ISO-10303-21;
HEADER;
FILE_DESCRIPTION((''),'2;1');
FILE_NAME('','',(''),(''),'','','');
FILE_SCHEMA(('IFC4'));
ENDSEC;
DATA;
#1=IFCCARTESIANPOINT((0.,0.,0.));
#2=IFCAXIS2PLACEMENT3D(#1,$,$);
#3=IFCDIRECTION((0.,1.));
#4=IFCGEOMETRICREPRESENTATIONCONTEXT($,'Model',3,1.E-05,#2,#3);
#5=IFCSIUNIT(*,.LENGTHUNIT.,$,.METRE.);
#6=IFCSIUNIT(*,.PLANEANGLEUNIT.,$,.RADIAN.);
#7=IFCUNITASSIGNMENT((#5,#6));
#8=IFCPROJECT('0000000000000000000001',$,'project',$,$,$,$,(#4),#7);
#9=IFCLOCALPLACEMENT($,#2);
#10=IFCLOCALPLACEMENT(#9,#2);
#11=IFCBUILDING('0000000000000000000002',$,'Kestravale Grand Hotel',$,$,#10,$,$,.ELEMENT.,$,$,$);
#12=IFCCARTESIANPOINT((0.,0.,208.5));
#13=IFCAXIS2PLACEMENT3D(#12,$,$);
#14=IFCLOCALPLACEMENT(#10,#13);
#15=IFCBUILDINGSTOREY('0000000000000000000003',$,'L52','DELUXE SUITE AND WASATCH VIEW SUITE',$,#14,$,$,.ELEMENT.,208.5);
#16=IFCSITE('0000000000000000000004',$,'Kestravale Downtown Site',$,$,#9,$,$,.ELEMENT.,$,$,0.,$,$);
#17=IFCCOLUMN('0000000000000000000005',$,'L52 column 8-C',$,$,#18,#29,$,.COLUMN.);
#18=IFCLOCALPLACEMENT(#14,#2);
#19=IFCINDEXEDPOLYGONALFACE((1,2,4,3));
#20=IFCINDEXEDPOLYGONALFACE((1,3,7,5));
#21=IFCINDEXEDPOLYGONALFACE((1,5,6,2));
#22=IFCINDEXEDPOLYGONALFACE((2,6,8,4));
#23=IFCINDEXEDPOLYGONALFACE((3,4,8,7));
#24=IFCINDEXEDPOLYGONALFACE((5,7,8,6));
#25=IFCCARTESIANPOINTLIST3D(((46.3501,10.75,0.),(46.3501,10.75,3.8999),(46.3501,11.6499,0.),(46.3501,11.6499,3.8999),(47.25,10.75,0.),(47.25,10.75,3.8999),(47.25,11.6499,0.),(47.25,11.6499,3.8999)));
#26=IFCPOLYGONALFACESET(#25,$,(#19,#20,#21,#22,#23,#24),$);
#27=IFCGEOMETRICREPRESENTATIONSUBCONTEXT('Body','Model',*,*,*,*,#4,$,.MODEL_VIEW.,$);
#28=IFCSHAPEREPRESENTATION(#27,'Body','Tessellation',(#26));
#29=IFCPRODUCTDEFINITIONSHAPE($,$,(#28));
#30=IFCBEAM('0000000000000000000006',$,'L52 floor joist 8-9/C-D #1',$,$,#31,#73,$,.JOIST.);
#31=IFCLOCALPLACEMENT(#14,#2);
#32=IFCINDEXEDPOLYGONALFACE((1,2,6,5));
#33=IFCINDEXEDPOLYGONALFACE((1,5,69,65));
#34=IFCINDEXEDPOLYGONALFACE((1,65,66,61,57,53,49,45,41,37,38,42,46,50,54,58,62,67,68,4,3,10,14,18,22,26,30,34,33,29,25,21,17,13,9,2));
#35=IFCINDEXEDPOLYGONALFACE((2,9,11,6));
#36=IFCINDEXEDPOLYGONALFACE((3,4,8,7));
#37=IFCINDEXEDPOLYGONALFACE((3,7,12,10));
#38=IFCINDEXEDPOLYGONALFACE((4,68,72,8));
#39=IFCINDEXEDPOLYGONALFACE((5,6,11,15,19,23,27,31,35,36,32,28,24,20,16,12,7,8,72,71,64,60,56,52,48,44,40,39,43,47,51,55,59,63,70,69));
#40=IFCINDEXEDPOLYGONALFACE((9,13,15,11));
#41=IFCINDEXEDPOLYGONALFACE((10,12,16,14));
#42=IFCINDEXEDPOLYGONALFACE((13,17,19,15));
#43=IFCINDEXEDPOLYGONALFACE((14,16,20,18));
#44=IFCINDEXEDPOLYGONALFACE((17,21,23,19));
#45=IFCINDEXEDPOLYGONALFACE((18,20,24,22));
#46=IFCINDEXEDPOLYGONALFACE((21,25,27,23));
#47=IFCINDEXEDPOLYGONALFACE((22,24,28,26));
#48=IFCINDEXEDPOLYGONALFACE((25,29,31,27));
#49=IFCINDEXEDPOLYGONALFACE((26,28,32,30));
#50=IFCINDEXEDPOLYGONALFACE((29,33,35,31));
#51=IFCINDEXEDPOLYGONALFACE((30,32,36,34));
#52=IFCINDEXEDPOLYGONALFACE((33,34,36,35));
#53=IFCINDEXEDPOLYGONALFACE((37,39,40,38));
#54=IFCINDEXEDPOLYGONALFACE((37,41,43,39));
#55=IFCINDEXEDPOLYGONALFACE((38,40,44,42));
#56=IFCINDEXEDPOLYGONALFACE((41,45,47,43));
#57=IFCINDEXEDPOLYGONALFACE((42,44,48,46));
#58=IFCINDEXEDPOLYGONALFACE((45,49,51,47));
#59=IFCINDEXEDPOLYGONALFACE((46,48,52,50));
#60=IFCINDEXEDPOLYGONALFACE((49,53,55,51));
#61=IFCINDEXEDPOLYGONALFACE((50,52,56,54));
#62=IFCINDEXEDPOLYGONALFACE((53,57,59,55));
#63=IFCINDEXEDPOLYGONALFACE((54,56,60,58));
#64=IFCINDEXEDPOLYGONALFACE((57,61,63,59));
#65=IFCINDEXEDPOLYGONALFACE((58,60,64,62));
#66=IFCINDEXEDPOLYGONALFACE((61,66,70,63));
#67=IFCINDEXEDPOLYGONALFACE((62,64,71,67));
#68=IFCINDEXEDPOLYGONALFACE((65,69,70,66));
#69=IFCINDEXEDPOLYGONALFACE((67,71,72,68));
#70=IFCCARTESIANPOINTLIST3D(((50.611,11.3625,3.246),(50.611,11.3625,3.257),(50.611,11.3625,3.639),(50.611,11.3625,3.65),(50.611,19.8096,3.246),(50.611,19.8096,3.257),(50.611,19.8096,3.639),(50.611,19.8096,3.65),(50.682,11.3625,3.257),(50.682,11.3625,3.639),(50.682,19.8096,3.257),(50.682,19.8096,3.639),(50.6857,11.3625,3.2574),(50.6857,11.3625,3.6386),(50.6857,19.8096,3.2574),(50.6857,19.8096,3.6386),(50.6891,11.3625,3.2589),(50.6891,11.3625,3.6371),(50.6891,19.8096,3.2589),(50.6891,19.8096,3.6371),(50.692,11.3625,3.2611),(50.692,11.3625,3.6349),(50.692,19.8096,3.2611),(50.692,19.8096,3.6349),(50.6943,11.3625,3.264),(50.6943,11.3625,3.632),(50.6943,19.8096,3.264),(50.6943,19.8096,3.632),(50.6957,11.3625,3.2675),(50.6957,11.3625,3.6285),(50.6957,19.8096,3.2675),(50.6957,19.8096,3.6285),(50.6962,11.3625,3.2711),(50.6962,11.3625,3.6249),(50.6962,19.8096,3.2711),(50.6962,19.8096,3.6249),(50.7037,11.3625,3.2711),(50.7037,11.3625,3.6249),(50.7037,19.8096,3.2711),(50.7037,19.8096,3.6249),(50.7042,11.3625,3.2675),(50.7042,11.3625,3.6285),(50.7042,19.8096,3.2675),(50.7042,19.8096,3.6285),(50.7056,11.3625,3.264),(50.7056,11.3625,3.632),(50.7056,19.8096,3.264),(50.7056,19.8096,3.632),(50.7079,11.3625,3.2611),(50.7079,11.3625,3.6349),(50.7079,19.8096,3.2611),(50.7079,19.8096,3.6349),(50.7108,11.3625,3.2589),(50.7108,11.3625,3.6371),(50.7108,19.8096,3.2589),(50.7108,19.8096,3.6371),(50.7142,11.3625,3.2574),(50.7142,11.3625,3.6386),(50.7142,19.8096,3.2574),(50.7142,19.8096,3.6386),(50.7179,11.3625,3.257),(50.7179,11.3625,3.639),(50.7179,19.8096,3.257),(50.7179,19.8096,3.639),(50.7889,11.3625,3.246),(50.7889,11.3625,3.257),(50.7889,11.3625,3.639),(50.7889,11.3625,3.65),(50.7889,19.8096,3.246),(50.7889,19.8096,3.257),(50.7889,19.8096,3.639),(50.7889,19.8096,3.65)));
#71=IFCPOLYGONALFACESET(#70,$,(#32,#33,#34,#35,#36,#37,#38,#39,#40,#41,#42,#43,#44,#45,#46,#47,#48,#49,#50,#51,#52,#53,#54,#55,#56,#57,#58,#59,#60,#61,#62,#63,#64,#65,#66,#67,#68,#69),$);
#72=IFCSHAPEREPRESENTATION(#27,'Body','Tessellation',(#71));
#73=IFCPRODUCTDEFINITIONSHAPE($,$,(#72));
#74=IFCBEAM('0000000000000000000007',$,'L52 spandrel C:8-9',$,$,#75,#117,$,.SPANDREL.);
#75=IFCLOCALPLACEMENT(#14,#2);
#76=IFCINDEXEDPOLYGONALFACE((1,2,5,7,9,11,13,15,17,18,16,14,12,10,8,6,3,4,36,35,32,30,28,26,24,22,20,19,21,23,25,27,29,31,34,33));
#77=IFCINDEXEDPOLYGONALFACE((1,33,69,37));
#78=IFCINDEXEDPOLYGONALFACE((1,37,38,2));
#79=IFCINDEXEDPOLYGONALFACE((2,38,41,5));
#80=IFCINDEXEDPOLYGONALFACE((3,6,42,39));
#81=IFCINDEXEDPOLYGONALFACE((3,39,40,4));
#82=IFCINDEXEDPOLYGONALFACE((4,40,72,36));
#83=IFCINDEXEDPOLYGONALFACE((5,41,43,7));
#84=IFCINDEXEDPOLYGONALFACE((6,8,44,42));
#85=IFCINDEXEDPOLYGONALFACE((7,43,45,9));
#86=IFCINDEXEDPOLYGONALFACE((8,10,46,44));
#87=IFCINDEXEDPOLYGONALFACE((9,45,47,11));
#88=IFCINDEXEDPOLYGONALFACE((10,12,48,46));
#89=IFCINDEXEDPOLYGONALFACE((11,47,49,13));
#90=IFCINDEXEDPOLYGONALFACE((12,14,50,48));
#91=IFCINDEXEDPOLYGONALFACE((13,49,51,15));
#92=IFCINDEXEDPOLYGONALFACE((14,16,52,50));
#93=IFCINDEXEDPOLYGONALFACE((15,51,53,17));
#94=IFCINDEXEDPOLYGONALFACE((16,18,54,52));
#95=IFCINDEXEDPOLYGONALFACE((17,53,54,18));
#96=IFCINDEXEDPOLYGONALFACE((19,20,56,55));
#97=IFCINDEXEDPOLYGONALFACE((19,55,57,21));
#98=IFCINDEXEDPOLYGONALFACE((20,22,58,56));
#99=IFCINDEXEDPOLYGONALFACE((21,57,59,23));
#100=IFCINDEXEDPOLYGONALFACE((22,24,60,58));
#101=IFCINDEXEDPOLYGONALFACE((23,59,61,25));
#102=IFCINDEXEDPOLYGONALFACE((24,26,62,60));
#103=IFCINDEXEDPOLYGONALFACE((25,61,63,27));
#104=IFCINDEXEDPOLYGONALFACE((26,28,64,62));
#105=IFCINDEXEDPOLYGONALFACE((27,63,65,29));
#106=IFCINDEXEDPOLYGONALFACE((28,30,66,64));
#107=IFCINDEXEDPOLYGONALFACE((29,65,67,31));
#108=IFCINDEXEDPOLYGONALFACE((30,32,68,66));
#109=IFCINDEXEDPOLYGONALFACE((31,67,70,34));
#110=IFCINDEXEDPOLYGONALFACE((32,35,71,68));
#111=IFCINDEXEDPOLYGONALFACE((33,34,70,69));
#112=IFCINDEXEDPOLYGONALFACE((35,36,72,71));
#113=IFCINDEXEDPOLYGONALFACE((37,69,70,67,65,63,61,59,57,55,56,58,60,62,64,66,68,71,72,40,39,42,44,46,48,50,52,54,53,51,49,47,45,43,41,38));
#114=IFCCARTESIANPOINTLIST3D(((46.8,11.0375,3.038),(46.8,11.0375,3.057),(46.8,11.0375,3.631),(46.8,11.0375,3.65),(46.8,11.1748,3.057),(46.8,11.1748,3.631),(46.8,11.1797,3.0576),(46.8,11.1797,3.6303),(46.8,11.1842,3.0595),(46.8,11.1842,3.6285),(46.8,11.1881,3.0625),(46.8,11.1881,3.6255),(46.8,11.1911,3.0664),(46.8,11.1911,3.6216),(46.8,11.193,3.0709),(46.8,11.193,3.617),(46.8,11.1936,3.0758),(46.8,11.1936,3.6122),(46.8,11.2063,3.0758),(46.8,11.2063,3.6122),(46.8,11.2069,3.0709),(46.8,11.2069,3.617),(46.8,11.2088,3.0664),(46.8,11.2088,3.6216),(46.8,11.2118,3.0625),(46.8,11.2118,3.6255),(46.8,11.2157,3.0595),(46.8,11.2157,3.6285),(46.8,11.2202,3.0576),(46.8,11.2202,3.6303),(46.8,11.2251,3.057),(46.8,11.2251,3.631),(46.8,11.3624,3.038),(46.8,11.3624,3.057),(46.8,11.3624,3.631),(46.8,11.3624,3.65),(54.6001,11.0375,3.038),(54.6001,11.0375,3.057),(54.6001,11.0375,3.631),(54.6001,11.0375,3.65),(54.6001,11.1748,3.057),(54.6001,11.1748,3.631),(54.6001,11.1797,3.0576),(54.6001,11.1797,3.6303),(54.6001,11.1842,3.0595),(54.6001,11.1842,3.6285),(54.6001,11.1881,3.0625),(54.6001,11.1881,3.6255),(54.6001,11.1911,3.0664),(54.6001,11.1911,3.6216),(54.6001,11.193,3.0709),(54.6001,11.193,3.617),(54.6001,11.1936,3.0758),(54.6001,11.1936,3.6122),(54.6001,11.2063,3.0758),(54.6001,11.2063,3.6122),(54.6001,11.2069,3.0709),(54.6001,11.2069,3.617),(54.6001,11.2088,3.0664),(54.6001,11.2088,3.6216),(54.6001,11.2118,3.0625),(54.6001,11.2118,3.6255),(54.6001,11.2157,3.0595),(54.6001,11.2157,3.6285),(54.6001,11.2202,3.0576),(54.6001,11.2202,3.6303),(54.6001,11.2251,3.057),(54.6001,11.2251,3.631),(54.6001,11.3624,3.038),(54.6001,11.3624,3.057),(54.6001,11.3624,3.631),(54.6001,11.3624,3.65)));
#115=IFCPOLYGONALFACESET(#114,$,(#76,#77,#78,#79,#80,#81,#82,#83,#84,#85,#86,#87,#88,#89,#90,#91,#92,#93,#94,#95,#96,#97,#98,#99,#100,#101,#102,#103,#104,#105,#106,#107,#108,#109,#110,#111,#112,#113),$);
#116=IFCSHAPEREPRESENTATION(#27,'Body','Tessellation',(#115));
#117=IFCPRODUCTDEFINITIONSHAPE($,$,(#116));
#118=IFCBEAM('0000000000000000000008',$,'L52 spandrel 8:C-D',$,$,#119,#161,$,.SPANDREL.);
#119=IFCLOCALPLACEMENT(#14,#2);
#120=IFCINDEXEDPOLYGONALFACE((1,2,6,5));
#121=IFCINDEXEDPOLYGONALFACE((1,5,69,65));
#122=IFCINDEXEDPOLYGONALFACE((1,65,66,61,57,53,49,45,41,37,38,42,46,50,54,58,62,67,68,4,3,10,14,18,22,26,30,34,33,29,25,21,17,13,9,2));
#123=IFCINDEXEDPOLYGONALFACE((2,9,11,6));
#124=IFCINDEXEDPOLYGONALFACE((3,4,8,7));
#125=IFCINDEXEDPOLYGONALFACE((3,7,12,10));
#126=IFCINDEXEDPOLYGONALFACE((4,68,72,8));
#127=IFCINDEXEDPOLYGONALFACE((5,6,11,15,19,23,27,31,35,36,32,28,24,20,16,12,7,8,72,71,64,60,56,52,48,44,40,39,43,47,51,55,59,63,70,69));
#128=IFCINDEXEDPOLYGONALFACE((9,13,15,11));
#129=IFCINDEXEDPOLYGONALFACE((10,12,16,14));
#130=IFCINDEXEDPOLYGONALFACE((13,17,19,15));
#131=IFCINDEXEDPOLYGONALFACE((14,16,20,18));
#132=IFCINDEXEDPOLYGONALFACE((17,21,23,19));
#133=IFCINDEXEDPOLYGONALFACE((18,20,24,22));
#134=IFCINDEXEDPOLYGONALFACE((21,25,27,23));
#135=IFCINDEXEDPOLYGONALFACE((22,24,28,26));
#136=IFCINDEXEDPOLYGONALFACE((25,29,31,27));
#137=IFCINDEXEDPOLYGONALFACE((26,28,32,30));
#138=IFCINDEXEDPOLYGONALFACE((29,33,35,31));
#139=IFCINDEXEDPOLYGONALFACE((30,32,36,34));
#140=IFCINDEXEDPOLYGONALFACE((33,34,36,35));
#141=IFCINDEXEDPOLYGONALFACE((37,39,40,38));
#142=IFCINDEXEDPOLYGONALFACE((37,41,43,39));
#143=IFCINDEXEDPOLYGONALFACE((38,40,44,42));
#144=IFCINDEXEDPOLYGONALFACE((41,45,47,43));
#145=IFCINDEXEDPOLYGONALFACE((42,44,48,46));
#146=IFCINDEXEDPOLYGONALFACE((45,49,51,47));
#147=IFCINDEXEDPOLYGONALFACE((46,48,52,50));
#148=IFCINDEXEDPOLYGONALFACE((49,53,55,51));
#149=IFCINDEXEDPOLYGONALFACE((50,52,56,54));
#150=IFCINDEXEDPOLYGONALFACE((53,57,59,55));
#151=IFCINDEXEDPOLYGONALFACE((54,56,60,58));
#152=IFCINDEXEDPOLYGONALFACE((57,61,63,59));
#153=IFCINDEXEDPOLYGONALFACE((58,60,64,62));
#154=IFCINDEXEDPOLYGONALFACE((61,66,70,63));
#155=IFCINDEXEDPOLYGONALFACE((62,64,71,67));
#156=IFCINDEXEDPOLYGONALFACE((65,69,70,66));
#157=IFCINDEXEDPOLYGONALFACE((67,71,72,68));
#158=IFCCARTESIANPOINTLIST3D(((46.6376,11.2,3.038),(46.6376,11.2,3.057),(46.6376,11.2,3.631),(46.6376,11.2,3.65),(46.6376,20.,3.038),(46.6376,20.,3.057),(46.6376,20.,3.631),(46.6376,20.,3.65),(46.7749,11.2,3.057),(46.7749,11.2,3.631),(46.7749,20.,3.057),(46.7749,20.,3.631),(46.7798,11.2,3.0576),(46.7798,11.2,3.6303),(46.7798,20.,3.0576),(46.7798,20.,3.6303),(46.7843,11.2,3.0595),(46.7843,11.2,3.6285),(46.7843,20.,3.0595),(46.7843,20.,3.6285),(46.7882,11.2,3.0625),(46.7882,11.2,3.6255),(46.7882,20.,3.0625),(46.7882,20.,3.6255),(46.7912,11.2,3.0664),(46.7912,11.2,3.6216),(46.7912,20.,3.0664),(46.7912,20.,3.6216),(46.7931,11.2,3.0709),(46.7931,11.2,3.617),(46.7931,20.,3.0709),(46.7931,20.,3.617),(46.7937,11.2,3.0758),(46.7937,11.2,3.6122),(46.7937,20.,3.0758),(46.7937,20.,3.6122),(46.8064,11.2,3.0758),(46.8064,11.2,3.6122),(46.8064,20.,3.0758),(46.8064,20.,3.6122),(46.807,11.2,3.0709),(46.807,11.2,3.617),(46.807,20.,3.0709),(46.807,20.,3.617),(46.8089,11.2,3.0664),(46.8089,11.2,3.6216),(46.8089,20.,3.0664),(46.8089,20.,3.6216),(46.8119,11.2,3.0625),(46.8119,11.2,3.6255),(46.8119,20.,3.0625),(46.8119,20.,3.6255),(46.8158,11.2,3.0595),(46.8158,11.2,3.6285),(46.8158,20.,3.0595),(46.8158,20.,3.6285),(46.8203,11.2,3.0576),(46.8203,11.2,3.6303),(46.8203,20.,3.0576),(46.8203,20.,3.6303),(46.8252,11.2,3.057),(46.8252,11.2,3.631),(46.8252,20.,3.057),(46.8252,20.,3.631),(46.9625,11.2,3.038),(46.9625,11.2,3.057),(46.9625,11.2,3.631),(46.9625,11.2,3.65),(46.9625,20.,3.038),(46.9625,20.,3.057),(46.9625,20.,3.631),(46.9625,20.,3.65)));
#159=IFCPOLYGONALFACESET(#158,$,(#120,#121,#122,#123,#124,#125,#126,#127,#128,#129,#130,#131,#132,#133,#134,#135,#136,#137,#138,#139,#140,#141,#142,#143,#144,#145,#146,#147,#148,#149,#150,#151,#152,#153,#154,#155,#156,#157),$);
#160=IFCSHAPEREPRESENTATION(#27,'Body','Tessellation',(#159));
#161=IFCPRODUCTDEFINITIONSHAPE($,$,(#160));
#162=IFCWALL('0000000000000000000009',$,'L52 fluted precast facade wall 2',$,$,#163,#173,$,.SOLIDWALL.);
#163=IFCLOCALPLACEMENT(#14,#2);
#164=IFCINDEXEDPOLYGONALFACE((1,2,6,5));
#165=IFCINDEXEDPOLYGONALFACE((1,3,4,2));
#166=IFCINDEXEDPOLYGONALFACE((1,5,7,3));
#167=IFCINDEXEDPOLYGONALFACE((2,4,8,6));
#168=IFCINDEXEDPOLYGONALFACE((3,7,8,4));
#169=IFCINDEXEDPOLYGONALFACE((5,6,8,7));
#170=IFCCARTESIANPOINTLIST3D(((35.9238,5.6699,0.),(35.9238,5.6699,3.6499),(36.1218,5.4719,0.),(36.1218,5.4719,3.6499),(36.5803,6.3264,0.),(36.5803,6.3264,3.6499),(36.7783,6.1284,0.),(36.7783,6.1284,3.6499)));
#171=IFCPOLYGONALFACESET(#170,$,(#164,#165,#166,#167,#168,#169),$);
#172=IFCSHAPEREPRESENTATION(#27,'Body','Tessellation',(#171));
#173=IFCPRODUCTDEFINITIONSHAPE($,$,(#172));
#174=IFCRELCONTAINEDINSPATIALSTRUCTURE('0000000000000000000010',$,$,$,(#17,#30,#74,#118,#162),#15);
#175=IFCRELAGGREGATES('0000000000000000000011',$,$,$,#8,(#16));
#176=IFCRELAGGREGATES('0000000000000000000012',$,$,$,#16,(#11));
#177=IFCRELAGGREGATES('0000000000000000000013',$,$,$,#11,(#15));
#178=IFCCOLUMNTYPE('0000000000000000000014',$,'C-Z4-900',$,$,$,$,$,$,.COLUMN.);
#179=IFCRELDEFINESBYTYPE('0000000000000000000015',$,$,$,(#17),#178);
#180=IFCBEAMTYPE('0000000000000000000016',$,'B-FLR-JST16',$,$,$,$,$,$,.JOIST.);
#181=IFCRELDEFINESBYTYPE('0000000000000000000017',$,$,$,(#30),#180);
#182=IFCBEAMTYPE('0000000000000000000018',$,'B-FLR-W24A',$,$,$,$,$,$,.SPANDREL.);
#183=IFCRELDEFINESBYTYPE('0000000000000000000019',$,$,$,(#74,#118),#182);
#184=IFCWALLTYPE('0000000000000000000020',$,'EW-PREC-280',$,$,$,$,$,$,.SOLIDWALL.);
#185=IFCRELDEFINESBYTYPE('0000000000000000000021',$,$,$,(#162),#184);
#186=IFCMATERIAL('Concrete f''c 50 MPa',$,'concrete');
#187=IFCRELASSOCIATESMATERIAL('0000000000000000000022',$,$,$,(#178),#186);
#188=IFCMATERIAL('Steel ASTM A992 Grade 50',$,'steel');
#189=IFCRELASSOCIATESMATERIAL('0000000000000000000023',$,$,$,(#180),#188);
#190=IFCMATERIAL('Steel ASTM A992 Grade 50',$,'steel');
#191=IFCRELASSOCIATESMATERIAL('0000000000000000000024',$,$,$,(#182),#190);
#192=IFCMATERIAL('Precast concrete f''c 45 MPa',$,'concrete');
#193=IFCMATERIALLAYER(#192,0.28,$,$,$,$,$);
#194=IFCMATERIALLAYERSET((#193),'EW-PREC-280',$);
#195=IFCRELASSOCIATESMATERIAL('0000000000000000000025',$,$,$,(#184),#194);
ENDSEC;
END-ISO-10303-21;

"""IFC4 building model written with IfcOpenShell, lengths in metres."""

from ifc_helpers import new_model, si_unit, direction, frame, frame_2d, origin, origin_2d, place, context, subcontext, project, spatial, rectangle, i_section, extrude, material, layer, layer_set, material_profile, profile_set, type_object, element, save


model = new_model("IFC4")

# Units and contexts
model_context = context("Model", 3, precision=1e-05, world=origin(), true_north=direction((0.0, 1.0)))
body_context = subcontext(model_context, "Body", "Model", "MODEL_VIEW")
ifc_project = project(units=[si_unit("LENGTHUNIT", "METRE"), si_unit("PLANEANGLEUNIT", "RADIAN")], contexts=[model_context])

# Site, building, storey
site_placement = place(None, origin())
site = spatial("IfcSite", under=ifc_project, at=site_placement, Name="Kestravale Downtown Site", CompositionType="ELEMENT", RefElevation=0.0)
building_placement = place(site_placement, origin())
building = spatial("IfcBuilding", under=site, at=building_placement, Name="Kestravale Grand Hotel", CompositionType="ELEMENT")
storey_placement = place(building_placement, frame((0.0, 0.0, 208.5)))
storey = spatial("IfcBuildingStorey", under=building, at=storey_placement, Name="L52", Description="DELUXE SUITE AND WASATCH VIEW SUITE", CompositionType="ELEMENT", Elevation=208.5)

# Column
ifc_material_1 = material(Name="Concrete f'c 50 MPa", Category="concrete")
ifc_material_profile_1 = material_profile(ifc_material_1, rectangle(XDim=0.8999, YDim=0.8999, at=origin_2d()))
ifc_profile_set_1 = profile_set([ifc_material_profile_1], Name="Concrete f'c 50 MPa")
column_type = type_object("IfcColumnType", Name="C-Z4-900", PredefinedType="COLUMN", material=ifc_profile_set_1)
column_placement = place(storey_placement, frame((46.8, 11.2, 0.0), z_axis=(0.0, 0.0, 1.0), x_axis=(1.0, 0.0, 0.0)))
element("IfcColumn", 1, at=column_placement, inside=storey, type_object=column_type, Name="L52 column 8-C", PredefinedType="COLUMN", context=body_context, shape_type="SweptSolid", body=[
    extrude(rectangle(XDim=0.8999, YDim=0.8999, at=origin_2d()), origin(), (0.0, 0.0, 1.0), 3.8999),
])

# Beams
ifc_material_2 = material(Name="Steel ASTM A992 Grade 50", Category="steel")
ifc_material_profile_2 = material_profile(ifc_material_2, i_section(OverallWidth=0.178, OverallDepth=0.4041, WebThickness=0.0076, FlangeThickness=0.011, FilletRadius=0.0142, at=origin_2d()))
ifc_profile_set_2 = profile_set([ifc_material_profile_2], Name="Steel ASTM A992 Grade 50")
beam_type_1 = type_object("IfcBeamType", Name="B-FLR-JST16", PredefinedType="JOIST", material=ifc_profile_set_2)
beam_1_placement = place(storey_placement, frame((50.7, 11.3625, 3.448), z_axis=(0.0, 1.0, 0.0), x_axis=(-1.0, 0.0, 0.0)))
element("IfcBeam", 2, at=beam_1_placement, inside=storey, type_object=beam_type_1, Name="L52 floor joist 8-9/C-D #1", PredefinedType="JOIST", context=body_context, shape_type="SweptSolid", body=[
    extrude(i_section(OverallWidth=0.178, OverallDepth=0.4041, WebThickness=0.0076, FlangeThickness=0.011, FilletRadius=0.0142, at=origin_2d()), origin(), (0.0, 0.0, 1.0), 8.447),
])
ifc_material_3 = material(Name="Steel ASTM A992 Grade 50", Category="steel")
ifc_material_profile_3 = material_profile(ifc_material_3, i_section(OverallWidth=0.325, OverallDepth=0.6121, WebThickness=0.0127, FlangeThickness=0.019, FilletRadius=0.0188, at=origin_2d()))
ifc_profile_set_3 = profile_set([ifc_material_profile_3], Name="Steel ASTM A992 Grade 50")
beam_type_2 = type_object("IfcBeamType", Name="B-FLR-W24A", PredefinedType="SPANDREL", material=ifc_profile_set_3)
beam_2_placement = place(storey_placement, frame((46.8, 11.2, 3.344), z_axis=(1.0, 0.0, 0.0), x_axis=(0.0, 1.0, 0.0)))
element("IfcBeam", 3, at=beam_2_placement, inside=storey, type_object=beam_type_2, Name="L52 spandrel C:8-9", PredefinedType="SPANDREL", context=body_context, shape_type="SweptSolid", body=[
    extrude(i_section(OverallWidth=0.325, OverallDepth=0.6121, WebThickness=0.0127, FlangeThickness=0.019, FilletRadius=0.0188, at=origin_2d()), origin(), (0.0, 0.0, 1.0), 7.8),
])
beam_3_placement = place(storey_placement, frame((46.8, 11.2, 3.344), z_axis=(0.0, 1.0, 0.0), x_axis=(-1.0, 0.0, 0.0)))
element("IfcBeam", 4, at=beam_3_placement, inside=storey, type_object=beam_type_2, Name="L52 spandrel 8:C-D", PredefinedType="SPANDREL", context=body_context, shape_type="SweptSolid", body=[
    extrude(i_section(OverallWidth=0.325, OverallDepth=0.6121, WebThickness=0.0127, FlangeThickness=0.019, FilletRadius=0.0188, at=origin_2d()), origin(), (0.0, 0.0, 1.0), 8.8),
])

# Wall
ifc_material_4 = material(Name="Precast concrete f'c 45 MPa", Category="concrete")
ifc_layer_1 = layer(ifc_material_4, 0.28)
ifc_layer_set_1 = layer_set([ifc_layer_1], Name="EW-PREC-280")
wall_type_1 = type_object("IfcWallType", Name="EW-PREC-280", PredefinedType="SOLIDWALL", material=ifc_layer_set_1)
wall_1_placement = place(storey_placement, frame((36.0227, 5.5708, 0.0), z_axis=(0.0, 0.0, 1.0), x_axis=(0.707107, 0.707107, 0.0)))
element("IfcWall", 5, at=wall_1_placement, inside=storey, type_object=wall_type_1, Name="L52 fluted precast facade wall 2", PredefinedType="SOLIDWALL", context=body_context, shape_type="SweptSolid", body=[
    extrude(rectangle(XDim=0.9285, YDim=0.28, at=frame_2d((0.4644, 0.0))), origin(), (0.0, 0.0, 1.0), 3.6499),
])

save(model, "model.ifc")
